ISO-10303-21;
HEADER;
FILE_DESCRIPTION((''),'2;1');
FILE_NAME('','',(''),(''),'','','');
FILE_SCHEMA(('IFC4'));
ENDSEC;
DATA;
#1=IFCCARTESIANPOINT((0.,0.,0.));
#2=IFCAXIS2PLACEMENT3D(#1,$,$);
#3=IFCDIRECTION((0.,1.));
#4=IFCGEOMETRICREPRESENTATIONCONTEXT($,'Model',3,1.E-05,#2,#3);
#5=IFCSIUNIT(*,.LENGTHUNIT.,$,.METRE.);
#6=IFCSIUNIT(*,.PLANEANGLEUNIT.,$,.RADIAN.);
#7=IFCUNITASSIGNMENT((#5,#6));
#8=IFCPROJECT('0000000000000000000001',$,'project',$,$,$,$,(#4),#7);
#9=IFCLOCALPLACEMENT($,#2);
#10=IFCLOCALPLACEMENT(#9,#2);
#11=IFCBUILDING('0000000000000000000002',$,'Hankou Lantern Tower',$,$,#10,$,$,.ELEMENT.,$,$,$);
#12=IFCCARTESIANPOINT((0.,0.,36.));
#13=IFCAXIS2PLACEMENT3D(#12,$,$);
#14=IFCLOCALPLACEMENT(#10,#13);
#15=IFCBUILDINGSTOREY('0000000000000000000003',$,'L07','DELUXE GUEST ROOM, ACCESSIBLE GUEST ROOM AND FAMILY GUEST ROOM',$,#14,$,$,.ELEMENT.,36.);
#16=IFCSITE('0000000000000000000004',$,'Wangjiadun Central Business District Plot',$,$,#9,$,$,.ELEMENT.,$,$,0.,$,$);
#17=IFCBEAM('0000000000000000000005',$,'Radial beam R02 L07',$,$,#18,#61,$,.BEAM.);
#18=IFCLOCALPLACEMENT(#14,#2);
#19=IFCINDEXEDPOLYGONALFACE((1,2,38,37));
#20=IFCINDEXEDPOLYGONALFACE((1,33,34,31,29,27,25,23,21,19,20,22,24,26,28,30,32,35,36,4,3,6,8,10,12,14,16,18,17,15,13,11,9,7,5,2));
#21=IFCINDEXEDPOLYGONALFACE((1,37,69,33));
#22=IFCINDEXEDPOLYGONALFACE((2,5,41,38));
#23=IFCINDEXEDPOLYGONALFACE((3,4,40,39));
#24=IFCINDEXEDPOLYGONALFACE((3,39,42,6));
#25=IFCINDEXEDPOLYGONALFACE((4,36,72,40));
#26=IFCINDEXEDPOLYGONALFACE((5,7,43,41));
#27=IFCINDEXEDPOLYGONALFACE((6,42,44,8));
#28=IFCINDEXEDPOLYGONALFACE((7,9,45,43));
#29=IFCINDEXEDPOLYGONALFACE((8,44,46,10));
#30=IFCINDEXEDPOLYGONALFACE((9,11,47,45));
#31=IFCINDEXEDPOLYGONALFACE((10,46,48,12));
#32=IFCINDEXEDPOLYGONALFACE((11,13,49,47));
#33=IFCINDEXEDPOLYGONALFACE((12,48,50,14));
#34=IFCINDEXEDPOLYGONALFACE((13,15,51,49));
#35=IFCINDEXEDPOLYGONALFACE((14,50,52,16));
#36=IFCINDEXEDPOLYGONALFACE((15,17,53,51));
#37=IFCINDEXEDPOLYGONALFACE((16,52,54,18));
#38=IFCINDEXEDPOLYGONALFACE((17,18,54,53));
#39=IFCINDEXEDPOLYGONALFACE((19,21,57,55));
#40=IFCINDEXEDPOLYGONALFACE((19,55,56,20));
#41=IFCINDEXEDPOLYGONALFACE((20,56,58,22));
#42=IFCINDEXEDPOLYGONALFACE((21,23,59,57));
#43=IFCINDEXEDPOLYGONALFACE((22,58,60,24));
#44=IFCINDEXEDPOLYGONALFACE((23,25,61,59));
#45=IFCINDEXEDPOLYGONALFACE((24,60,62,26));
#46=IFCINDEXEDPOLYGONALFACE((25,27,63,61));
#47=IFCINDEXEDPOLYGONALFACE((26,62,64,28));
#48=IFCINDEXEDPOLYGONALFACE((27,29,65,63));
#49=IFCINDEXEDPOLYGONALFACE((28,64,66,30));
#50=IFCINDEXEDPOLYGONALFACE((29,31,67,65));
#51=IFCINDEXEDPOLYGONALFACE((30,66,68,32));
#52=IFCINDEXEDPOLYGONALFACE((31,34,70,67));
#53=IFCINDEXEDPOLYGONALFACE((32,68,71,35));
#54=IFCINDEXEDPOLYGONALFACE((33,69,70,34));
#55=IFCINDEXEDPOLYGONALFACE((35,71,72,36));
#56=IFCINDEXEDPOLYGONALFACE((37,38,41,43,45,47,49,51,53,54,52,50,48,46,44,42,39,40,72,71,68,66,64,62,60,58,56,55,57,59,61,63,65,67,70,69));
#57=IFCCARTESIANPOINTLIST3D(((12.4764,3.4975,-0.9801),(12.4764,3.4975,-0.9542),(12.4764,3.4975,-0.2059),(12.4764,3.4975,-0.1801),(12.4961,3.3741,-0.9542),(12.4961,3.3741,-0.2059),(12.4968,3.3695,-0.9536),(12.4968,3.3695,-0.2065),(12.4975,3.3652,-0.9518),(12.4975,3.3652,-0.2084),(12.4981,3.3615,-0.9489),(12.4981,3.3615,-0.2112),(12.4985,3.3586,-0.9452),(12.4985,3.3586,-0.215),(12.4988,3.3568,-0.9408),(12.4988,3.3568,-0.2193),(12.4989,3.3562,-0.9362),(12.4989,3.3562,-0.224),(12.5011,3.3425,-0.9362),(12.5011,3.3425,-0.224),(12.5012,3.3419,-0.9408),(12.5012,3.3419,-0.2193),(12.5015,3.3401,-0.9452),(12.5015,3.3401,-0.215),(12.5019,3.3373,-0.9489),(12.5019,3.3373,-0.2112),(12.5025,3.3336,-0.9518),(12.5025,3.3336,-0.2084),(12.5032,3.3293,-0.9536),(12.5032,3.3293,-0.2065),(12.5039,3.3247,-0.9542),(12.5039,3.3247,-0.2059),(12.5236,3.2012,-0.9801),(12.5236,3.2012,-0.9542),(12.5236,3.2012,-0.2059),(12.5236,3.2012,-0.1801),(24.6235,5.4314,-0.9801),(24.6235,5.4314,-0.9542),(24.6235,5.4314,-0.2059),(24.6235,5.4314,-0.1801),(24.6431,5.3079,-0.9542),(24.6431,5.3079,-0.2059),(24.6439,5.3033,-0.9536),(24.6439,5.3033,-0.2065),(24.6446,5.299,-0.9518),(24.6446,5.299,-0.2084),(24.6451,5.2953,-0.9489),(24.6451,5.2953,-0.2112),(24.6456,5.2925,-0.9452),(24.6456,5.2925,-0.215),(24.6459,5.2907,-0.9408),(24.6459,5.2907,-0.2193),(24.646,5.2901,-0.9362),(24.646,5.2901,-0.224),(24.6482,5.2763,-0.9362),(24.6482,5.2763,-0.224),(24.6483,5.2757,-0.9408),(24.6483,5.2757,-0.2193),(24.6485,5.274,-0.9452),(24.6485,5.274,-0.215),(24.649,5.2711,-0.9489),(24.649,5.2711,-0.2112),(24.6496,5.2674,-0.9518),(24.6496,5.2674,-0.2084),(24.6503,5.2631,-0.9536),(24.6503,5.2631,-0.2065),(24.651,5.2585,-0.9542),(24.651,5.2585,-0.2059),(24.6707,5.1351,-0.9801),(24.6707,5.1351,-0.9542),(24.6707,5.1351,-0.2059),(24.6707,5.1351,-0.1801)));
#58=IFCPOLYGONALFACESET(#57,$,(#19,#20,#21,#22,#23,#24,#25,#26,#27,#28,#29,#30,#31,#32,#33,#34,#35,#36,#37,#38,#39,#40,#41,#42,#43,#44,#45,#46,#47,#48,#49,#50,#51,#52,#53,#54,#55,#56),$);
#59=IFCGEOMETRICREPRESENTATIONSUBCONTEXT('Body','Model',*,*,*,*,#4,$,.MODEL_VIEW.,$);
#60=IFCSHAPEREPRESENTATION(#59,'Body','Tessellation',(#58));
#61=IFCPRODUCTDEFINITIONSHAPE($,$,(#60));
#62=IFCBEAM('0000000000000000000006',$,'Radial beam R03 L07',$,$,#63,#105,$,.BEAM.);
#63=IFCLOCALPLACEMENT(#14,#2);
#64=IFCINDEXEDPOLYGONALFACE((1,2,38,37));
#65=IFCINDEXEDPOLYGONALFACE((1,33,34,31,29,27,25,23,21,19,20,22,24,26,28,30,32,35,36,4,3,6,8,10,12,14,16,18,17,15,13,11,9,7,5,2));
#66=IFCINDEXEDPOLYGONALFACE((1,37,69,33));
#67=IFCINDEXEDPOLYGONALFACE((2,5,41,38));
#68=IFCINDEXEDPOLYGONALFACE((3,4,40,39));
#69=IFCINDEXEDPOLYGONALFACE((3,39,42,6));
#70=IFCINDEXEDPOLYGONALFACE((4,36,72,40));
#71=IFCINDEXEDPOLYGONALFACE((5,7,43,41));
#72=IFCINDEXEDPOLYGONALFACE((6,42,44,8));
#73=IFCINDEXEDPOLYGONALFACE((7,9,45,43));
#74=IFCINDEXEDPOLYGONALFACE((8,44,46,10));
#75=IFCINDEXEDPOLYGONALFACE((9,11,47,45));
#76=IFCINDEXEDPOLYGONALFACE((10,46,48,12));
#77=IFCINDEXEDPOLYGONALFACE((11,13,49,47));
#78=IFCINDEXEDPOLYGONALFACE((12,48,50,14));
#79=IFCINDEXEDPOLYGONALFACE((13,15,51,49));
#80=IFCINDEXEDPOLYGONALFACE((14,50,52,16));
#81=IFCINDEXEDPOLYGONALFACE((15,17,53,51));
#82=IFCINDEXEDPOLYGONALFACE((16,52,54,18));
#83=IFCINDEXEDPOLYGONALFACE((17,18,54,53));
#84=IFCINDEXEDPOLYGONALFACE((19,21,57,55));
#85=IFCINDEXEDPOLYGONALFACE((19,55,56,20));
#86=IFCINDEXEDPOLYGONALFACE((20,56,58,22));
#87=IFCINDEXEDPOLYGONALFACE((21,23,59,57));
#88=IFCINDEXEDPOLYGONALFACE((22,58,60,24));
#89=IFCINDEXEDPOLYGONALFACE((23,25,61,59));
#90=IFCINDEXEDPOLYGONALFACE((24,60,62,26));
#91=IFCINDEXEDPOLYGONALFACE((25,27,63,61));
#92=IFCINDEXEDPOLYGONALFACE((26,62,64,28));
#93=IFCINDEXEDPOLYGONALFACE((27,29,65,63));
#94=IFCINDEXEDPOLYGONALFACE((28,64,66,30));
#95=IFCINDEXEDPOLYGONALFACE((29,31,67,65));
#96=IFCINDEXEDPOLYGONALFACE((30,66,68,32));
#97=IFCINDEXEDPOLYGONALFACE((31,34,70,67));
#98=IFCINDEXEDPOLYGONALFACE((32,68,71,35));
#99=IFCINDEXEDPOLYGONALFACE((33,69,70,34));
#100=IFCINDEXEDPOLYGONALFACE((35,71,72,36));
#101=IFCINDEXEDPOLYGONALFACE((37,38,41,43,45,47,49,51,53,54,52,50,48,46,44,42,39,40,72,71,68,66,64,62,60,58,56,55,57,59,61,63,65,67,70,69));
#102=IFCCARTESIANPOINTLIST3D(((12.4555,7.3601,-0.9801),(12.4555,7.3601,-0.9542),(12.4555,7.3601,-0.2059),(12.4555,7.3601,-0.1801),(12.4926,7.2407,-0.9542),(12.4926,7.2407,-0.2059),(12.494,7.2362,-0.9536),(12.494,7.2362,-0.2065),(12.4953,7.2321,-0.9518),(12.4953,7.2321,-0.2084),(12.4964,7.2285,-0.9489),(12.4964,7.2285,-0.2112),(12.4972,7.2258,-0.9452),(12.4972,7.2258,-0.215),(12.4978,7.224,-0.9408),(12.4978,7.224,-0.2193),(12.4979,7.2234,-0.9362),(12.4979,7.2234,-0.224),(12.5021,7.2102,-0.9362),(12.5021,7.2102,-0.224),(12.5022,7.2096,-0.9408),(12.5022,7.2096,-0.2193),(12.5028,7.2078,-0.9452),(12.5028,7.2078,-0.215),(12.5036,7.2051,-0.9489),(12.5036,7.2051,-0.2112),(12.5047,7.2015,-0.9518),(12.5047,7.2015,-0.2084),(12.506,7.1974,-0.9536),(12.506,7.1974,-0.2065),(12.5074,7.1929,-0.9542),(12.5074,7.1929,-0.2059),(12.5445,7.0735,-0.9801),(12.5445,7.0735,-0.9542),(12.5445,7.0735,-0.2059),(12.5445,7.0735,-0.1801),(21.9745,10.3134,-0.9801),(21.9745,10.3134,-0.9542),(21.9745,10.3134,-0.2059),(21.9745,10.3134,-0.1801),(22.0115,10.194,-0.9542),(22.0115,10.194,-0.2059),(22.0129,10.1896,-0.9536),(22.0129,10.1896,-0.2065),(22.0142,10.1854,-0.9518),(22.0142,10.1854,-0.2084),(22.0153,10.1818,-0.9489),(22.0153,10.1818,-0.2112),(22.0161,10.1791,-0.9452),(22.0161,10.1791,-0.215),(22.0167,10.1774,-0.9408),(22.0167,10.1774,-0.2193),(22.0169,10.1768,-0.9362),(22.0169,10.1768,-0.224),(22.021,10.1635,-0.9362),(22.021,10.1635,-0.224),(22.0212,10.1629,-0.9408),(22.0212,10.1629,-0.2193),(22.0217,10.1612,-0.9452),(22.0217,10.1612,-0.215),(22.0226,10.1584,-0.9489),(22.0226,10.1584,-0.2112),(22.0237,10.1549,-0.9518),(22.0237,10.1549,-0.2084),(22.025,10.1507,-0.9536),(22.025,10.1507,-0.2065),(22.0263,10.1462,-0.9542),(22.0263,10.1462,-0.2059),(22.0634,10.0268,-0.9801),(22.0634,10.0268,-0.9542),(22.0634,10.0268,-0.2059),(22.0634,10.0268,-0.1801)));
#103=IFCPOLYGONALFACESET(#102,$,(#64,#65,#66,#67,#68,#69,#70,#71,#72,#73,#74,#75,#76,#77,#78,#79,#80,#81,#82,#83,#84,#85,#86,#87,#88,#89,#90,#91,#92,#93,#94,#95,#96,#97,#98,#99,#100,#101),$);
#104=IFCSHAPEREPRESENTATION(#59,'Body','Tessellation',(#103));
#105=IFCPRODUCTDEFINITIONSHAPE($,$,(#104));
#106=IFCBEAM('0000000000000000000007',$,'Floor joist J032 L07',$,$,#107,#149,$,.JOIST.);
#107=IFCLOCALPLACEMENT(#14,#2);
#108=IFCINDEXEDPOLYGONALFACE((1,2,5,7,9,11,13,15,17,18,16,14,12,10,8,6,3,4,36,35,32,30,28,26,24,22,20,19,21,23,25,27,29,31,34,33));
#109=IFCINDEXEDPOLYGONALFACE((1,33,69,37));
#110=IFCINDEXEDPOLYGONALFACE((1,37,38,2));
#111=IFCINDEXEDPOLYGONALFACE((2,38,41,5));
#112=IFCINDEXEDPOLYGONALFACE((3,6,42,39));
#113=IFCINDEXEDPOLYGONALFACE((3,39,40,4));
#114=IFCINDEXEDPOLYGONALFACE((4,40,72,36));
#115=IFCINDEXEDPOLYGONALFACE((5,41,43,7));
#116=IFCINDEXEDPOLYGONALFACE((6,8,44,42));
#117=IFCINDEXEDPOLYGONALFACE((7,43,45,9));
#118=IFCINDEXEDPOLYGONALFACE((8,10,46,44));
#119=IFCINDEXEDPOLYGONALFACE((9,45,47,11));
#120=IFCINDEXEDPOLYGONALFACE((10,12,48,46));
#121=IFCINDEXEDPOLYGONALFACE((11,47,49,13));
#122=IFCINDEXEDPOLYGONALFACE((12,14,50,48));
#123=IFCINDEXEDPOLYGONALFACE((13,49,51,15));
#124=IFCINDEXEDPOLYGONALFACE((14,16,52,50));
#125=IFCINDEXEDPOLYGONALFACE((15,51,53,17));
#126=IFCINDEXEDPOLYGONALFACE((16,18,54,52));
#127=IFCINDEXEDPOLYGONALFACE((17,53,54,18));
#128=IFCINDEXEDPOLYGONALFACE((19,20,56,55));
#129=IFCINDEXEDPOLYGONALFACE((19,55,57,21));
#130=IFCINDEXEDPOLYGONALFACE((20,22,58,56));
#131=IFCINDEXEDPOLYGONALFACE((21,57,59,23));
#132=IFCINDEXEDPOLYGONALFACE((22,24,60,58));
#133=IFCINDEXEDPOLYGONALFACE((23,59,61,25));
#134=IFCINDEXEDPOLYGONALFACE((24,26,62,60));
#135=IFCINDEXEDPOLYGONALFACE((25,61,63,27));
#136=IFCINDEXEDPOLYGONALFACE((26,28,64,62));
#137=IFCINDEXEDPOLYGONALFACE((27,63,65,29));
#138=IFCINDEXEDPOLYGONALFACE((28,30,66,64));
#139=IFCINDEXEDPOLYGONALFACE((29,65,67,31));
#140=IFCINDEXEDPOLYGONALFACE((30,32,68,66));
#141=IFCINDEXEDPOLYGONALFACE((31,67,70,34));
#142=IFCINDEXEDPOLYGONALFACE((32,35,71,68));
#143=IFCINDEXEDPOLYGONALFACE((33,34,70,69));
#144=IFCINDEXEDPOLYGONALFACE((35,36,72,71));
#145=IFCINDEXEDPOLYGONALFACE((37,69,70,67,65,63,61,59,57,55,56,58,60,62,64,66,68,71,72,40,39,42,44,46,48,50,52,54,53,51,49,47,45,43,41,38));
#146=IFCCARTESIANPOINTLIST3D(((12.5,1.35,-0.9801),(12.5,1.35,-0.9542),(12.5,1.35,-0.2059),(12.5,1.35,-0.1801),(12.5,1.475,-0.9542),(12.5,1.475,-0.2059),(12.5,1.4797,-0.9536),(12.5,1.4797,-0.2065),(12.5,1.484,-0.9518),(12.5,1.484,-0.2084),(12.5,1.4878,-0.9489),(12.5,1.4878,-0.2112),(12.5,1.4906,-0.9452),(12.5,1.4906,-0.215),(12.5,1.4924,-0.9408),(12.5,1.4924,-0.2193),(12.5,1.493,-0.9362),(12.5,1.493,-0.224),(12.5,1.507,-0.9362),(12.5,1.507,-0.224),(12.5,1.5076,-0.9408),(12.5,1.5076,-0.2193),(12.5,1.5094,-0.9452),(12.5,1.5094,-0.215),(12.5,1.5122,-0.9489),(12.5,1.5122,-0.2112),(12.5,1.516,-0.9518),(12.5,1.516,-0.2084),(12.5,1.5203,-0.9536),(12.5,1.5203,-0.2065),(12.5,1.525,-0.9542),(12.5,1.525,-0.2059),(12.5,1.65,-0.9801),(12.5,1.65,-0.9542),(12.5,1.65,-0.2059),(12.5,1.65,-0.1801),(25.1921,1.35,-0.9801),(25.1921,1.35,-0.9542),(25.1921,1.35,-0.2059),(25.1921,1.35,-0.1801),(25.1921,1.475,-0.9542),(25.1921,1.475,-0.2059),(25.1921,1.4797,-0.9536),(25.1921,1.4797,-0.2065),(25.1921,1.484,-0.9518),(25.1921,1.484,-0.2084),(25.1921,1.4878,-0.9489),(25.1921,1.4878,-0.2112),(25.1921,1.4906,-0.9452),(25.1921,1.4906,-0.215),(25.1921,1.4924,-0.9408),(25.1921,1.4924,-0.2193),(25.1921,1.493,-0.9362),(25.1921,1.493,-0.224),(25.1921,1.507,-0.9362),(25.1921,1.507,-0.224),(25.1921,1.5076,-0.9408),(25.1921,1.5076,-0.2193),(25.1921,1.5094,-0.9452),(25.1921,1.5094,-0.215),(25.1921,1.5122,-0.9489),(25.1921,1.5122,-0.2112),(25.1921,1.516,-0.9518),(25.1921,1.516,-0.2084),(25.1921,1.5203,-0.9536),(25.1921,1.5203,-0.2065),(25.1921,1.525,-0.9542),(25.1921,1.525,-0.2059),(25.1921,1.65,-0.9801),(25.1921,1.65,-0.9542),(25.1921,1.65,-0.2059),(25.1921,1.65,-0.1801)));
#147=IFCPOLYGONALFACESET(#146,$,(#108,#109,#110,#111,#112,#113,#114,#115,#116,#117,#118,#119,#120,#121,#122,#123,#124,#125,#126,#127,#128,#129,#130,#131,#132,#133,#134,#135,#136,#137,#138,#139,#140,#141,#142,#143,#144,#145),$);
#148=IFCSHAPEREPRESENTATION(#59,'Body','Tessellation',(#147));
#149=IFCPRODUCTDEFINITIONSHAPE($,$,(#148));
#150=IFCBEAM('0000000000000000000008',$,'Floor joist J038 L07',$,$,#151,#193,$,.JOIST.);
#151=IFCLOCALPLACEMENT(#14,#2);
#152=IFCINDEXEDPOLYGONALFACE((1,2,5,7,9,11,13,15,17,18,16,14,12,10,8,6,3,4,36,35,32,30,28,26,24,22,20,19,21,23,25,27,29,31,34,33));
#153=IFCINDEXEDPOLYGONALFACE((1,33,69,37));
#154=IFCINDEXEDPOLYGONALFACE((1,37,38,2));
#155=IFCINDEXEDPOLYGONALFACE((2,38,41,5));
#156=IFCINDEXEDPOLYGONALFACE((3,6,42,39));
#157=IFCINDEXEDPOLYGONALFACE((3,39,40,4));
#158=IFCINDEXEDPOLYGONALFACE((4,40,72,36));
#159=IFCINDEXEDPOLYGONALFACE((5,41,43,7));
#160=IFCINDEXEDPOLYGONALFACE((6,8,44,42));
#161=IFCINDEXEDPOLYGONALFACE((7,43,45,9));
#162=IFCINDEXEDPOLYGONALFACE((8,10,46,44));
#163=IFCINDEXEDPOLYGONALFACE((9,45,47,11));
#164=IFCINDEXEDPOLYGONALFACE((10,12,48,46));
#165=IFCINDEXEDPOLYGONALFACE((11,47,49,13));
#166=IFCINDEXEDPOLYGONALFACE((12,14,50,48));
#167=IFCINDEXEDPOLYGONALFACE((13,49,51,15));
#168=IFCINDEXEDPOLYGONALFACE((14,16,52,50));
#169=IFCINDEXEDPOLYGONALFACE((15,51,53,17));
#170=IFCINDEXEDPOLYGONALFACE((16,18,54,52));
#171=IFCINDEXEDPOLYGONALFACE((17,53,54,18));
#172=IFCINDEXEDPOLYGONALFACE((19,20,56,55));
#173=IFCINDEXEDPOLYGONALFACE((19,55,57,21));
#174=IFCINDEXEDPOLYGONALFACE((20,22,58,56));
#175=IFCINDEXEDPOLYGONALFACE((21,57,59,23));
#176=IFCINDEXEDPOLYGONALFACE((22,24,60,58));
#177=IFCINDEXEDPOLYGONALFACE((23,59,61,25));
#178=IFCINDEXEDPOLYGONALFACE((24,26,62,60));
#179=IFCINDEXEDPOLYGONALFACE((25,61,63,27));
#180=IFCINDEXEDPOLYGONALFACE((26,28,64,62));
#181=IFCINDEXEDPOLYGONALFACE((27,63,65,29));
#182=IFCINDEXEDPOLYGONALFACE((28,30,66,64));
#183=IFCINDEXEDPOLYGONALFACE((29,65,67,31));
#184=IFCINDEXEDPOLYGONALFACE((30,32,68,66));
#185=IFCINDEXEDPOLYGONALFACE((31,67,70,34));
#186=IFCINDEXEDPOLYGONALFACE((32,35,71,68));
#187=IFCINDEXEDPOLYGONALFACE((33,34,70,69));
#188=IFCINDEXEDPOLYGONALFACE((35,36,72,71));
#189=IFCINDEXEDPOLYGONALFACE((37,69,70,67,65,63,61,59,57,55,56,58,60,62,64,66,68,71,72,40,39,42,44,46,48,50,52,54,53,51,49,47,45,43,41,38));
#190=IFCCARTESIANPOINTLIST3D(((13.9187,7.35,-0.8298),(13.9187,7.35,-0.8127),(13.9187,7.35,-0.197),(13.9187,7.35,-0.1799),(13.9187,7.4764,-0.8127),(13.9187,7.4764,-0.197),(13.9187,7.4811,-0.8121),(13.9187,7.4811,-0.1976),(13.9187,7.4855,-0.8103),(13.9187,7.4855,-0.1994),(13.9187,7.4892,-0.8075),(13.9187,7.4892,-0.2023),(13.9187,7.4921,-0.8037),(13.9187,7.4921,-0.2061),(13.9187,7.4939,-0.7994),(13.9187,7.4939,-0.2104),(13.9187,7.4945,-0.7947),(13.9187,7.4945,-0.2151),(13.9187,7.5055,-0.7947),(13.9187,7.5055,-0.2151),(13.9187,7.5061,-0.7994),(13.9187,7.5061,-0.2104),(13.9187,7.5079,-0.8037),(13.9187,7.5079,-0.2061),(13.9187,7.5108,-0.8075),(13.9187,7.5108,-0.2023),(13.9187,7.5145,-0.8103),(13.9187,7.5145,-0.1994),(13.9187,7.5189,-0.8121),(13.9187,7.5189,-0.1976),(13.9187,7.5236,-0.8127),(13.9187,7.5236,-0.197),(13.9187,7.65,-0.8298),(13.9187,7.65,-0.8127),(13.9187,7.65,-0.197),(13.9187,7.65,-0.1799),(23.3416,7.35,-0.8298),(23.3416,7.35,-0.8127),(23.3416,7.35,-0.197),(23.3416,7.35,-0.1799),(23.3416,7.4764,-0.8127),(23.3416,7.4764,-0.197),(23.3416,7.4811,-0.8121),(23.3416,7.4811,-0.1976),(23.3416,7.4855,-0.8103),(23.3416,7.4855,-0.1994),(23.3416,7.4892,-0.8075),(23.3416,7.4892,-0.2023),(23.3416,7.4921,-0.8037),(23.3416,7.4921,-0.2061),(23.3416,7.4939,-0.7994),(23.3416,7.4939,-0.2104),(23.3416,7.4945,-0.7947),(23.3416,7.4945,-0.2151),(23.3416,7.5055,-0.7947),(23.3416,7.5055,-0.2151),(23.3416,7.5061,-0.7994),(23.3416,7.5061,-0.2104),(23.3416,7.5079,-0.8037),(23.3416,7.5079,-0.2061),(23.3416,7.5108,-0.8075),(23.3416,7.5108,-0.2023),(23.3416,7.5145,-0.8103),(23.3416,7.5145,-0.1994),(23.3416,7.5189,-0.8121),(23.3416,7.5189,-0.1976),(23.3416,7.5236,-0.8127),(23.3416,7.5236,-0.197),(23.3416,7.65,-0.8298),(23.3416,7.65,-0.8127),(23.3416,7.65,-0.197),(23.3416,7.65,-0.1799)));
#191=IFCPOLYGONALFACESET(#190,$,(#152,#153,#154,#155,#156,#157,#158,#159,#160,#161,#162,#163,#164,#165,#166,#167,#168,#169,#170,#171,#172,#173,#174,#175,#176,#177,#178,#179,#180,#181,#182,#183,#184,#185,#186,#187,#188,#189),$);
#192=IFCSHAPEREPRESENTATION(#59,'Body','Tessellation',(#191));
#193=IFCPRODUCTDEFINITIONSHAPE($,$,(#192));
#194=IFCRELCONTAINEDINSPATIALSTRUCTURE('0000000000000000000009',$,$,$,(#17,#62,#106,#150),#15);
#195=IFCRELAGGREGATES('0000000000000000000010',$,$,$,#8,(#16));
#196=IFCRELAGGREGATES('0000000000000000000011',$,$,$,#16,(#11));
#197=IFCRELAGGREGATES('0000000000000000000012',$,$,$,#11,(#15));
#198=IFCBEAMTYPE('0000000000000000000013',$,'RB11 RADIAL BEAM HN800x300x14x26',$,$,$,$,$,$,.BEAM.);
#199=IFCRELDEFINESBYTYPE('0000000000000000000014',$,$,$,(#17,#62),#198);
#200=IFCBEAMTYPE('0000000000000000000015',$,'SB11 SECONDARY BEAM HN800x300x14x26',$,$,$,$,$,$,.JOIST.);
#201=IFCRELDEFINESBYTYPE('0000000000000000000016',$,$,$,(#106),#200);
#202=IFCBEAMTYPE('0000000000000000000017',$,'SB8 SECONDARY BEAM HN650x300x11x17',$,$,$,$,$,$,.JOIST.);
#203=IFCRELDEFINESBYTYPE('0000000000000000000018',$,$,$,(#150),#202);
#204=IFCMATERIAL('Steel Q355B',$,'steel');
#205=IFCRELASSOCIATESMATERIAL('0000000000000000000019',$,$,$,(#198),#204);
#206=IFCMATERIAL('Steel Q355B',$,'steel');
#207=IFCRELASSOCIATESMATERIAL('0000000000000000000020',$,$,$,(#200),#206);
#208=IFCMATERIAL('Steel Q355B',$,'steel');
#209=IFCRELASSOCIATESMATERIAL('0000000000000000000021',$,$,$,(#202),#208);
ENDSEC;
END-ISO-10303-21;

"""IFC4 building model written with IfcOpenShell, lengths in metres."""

from ifc_helpers import new_model, si_unit, direction, frame, origin, origin_2d, place, context, subcontext, project, spatial, i_section, extrude, material, material_profile, profile_set, type_object, element, save


model = new_model("IFC4")

# Units and contexts
model_context = context("Model", 3, precision=1e-05, world=origin(), true_north=direction((0.0, 1.0)))
body_context = subcontext(model_context, "Body", "Model", "MODEL_VIEW")
ifc_project = project(units=[si_unit("LENGTHUNIT", "METRE"), si_unit("PLANEANGLEUNIT", "RADIAN")], contexts=[model_context])

# Site, building, storey
site_placement = place(None, origin())
site = spatial("IfcSite", under=ifc_project, at=site_placement, Name="Wangjiadun Central Business District Plot", CompositionType="ELEMENT", RefElevation=0.0)
building_placement = place(site_placement, origin())
building = spatial("IfcBuilding", under=site, at=building_placement, Name="Hankou Lantern Tower", CompositionType="ELEMENT")
storey_placement = place(building_placement, frame((0.0, 0.0, 36.0)))
storey = spatial("IfcBuildingStorey", under=building, at=storey_placement, Name="L07", Description="DELUXE GUEST ROOM, ACCESSIBLE GUEST ROOM AND FAMILY GUEST ROOM", CompositionType="ELEMENT", Elevation=36.0)

# Beams
ifc_material_1 = material(Name="Steel Q355B", Category="steel")
ifc_material_profile_1 = material_profile(ifc_material_1, i_section(OverallWidth=0.3, OverallDepth=0.8, WebThickness=0.0139, FlangeThickness=0.0259, FilletRadius=0.0181, at=origin_2d()), Name="HN800x300x14x26")
ifc_profile_set_1 = profile_set([ifc_material_profile_1], Name="Steel Q355B")
beam_type_1 = type_object("IfcBeamType", Name="RB11 RADIAL BEAM HN800x300x14x26", PredefinedType="BEAM", material=ifc_profile_set_1)
beam_1_placement = place(storey_placement, frame((12.5, 3.3494, -0.5801), z_axis=(0.987563, 0.157223, 0.0), x_axis=(-0.157223, 0.987563, 0.0)))
element("IfcBeam", 1, at=beam_1_placement, inside=storey, type_object=beam_type_1, Name="Radial beam R02 L07", PredefinedType="BEAM", context=body_context, shape_type="SweptSolid", body=[
    extrude(i_section(OverallWidth=0.3, OverallDepth=0.8, WebThickness=0.0139, FlangeThickness=0.0259, FilletRadius=0.0181, at=origin_2d()), origin(), (0.0, 0.0, 1.0), 12.3),
])
beam_2_placement = place(storey_placement, frame((12.5, 7.2168, -0.5801), z_axis=(0.955087, 0.296324, 0.0), x_axis=(-0.296324, 0.955087, 0.0)))
element("IfcBeam", 2, at=beam_2_placement, inside=storey, type_object=beam_type_1, Name="Radial beam R03 L07", PredefinedType="BEAM", context=body_context, shape_type="SweptSolid", body=[
    extrude(i_section(OverallWidth=0.3, OverallDepth=0.8, WebThickness=0.0139, FlangeThickness=0.0259, FilletRadius=0.0181, at=origin_2d()), origin(), (0.0, 0.0, 1.0), 9.9666),
])
ifc_material_2 = material(Name="Steel Q355B", Category="steel")
ifc_material_profile_2 = material_profile(ifc_material_2, i_section(OverallWidth=0.3, OverallDepth=0.8, WebThickness=0.0139, FlangeThickness=0.0259, FilletRadius=0.0181, at=origin_2d()), Name="HN800x300x14x26")
ifc_profile_set_2 = profile_set([ifc_material_profile_2], Name="Steel Q355B")
beam_type_2 = type_object("IfcBeamType", Name="SB11 SECONDARY BEAM HN800x300x14x26", PredefinedType="JOIST", material=ifc_profile_set_2)
beam_3_placement = place(storey_placement, frame((12.5, 1.5, -0.5801), z_axis=(1.0, 0.0, 0.0), x_axis=(0.0, 1.0, 0.0)))
element("IfcBeam", 3, at=beam_3_placement, inside=storey, type_object=beam_type_2, Name="Floor joist J032 L07", PredefinedType="JOIST", context=body_context, shape_type="SweptSolid", body=[
    extrude(i_section(OverallWidth=0.3, OverallDepth=0.8, WebThickness=0.0139, FlangeThickness=0.0259, FilletRadius=0.0181, at=origin_2d()), origin(), (0.0, 0.0, 1.0), 12.6921),
])
ifc_material_3 = material(Name="Steel Q355B", Category="steel")
ifc_material_profile_3 = material_profile(ifc_material_3, i_section(OverallWidth=0.3, OverallDepth=0.6499, WebThickness=0.011, FlangeThickness=0.0171, FilletRadius=0.0181, at=origin_2d()), Name="HN650x300x11x17")
ifc_profile_set_3 = profile_set([ifc_material_profile_3], Name="Steel Q355B")
beam_type_3 = type_object("IfcBeamType", Name="SB8 SECONDARY BEAM HN650x300x11x17", PredefinedType="JOIST", material=ifc_profile_set_3)
beam_4_placement = place(storey_placement, frame((13.9187, 7.5, -0.5049), z_axis=(1.0, 0.0, 0.0), x_axis=(0.0, 1.0, 0.0)))
element("IfcBeam", 4, at=beam_4_placement, inside=storey, type_object=beam_type_3, Name="Floor joist J038 L07", PredefinedType="JOIST", context=body_context, shape_type="SweptSolid", body=[
    extrude(i_section(OverallWidth=0.3, OverallDepth=0.6499, WebThickness=0.011, FlangeThickness=0.0171, FilletRadius=0.0181, at=origin_2d()), origin(), (0.0, 0.0, 1.0), 9.4229),
])

save(model, "model.ifc")
